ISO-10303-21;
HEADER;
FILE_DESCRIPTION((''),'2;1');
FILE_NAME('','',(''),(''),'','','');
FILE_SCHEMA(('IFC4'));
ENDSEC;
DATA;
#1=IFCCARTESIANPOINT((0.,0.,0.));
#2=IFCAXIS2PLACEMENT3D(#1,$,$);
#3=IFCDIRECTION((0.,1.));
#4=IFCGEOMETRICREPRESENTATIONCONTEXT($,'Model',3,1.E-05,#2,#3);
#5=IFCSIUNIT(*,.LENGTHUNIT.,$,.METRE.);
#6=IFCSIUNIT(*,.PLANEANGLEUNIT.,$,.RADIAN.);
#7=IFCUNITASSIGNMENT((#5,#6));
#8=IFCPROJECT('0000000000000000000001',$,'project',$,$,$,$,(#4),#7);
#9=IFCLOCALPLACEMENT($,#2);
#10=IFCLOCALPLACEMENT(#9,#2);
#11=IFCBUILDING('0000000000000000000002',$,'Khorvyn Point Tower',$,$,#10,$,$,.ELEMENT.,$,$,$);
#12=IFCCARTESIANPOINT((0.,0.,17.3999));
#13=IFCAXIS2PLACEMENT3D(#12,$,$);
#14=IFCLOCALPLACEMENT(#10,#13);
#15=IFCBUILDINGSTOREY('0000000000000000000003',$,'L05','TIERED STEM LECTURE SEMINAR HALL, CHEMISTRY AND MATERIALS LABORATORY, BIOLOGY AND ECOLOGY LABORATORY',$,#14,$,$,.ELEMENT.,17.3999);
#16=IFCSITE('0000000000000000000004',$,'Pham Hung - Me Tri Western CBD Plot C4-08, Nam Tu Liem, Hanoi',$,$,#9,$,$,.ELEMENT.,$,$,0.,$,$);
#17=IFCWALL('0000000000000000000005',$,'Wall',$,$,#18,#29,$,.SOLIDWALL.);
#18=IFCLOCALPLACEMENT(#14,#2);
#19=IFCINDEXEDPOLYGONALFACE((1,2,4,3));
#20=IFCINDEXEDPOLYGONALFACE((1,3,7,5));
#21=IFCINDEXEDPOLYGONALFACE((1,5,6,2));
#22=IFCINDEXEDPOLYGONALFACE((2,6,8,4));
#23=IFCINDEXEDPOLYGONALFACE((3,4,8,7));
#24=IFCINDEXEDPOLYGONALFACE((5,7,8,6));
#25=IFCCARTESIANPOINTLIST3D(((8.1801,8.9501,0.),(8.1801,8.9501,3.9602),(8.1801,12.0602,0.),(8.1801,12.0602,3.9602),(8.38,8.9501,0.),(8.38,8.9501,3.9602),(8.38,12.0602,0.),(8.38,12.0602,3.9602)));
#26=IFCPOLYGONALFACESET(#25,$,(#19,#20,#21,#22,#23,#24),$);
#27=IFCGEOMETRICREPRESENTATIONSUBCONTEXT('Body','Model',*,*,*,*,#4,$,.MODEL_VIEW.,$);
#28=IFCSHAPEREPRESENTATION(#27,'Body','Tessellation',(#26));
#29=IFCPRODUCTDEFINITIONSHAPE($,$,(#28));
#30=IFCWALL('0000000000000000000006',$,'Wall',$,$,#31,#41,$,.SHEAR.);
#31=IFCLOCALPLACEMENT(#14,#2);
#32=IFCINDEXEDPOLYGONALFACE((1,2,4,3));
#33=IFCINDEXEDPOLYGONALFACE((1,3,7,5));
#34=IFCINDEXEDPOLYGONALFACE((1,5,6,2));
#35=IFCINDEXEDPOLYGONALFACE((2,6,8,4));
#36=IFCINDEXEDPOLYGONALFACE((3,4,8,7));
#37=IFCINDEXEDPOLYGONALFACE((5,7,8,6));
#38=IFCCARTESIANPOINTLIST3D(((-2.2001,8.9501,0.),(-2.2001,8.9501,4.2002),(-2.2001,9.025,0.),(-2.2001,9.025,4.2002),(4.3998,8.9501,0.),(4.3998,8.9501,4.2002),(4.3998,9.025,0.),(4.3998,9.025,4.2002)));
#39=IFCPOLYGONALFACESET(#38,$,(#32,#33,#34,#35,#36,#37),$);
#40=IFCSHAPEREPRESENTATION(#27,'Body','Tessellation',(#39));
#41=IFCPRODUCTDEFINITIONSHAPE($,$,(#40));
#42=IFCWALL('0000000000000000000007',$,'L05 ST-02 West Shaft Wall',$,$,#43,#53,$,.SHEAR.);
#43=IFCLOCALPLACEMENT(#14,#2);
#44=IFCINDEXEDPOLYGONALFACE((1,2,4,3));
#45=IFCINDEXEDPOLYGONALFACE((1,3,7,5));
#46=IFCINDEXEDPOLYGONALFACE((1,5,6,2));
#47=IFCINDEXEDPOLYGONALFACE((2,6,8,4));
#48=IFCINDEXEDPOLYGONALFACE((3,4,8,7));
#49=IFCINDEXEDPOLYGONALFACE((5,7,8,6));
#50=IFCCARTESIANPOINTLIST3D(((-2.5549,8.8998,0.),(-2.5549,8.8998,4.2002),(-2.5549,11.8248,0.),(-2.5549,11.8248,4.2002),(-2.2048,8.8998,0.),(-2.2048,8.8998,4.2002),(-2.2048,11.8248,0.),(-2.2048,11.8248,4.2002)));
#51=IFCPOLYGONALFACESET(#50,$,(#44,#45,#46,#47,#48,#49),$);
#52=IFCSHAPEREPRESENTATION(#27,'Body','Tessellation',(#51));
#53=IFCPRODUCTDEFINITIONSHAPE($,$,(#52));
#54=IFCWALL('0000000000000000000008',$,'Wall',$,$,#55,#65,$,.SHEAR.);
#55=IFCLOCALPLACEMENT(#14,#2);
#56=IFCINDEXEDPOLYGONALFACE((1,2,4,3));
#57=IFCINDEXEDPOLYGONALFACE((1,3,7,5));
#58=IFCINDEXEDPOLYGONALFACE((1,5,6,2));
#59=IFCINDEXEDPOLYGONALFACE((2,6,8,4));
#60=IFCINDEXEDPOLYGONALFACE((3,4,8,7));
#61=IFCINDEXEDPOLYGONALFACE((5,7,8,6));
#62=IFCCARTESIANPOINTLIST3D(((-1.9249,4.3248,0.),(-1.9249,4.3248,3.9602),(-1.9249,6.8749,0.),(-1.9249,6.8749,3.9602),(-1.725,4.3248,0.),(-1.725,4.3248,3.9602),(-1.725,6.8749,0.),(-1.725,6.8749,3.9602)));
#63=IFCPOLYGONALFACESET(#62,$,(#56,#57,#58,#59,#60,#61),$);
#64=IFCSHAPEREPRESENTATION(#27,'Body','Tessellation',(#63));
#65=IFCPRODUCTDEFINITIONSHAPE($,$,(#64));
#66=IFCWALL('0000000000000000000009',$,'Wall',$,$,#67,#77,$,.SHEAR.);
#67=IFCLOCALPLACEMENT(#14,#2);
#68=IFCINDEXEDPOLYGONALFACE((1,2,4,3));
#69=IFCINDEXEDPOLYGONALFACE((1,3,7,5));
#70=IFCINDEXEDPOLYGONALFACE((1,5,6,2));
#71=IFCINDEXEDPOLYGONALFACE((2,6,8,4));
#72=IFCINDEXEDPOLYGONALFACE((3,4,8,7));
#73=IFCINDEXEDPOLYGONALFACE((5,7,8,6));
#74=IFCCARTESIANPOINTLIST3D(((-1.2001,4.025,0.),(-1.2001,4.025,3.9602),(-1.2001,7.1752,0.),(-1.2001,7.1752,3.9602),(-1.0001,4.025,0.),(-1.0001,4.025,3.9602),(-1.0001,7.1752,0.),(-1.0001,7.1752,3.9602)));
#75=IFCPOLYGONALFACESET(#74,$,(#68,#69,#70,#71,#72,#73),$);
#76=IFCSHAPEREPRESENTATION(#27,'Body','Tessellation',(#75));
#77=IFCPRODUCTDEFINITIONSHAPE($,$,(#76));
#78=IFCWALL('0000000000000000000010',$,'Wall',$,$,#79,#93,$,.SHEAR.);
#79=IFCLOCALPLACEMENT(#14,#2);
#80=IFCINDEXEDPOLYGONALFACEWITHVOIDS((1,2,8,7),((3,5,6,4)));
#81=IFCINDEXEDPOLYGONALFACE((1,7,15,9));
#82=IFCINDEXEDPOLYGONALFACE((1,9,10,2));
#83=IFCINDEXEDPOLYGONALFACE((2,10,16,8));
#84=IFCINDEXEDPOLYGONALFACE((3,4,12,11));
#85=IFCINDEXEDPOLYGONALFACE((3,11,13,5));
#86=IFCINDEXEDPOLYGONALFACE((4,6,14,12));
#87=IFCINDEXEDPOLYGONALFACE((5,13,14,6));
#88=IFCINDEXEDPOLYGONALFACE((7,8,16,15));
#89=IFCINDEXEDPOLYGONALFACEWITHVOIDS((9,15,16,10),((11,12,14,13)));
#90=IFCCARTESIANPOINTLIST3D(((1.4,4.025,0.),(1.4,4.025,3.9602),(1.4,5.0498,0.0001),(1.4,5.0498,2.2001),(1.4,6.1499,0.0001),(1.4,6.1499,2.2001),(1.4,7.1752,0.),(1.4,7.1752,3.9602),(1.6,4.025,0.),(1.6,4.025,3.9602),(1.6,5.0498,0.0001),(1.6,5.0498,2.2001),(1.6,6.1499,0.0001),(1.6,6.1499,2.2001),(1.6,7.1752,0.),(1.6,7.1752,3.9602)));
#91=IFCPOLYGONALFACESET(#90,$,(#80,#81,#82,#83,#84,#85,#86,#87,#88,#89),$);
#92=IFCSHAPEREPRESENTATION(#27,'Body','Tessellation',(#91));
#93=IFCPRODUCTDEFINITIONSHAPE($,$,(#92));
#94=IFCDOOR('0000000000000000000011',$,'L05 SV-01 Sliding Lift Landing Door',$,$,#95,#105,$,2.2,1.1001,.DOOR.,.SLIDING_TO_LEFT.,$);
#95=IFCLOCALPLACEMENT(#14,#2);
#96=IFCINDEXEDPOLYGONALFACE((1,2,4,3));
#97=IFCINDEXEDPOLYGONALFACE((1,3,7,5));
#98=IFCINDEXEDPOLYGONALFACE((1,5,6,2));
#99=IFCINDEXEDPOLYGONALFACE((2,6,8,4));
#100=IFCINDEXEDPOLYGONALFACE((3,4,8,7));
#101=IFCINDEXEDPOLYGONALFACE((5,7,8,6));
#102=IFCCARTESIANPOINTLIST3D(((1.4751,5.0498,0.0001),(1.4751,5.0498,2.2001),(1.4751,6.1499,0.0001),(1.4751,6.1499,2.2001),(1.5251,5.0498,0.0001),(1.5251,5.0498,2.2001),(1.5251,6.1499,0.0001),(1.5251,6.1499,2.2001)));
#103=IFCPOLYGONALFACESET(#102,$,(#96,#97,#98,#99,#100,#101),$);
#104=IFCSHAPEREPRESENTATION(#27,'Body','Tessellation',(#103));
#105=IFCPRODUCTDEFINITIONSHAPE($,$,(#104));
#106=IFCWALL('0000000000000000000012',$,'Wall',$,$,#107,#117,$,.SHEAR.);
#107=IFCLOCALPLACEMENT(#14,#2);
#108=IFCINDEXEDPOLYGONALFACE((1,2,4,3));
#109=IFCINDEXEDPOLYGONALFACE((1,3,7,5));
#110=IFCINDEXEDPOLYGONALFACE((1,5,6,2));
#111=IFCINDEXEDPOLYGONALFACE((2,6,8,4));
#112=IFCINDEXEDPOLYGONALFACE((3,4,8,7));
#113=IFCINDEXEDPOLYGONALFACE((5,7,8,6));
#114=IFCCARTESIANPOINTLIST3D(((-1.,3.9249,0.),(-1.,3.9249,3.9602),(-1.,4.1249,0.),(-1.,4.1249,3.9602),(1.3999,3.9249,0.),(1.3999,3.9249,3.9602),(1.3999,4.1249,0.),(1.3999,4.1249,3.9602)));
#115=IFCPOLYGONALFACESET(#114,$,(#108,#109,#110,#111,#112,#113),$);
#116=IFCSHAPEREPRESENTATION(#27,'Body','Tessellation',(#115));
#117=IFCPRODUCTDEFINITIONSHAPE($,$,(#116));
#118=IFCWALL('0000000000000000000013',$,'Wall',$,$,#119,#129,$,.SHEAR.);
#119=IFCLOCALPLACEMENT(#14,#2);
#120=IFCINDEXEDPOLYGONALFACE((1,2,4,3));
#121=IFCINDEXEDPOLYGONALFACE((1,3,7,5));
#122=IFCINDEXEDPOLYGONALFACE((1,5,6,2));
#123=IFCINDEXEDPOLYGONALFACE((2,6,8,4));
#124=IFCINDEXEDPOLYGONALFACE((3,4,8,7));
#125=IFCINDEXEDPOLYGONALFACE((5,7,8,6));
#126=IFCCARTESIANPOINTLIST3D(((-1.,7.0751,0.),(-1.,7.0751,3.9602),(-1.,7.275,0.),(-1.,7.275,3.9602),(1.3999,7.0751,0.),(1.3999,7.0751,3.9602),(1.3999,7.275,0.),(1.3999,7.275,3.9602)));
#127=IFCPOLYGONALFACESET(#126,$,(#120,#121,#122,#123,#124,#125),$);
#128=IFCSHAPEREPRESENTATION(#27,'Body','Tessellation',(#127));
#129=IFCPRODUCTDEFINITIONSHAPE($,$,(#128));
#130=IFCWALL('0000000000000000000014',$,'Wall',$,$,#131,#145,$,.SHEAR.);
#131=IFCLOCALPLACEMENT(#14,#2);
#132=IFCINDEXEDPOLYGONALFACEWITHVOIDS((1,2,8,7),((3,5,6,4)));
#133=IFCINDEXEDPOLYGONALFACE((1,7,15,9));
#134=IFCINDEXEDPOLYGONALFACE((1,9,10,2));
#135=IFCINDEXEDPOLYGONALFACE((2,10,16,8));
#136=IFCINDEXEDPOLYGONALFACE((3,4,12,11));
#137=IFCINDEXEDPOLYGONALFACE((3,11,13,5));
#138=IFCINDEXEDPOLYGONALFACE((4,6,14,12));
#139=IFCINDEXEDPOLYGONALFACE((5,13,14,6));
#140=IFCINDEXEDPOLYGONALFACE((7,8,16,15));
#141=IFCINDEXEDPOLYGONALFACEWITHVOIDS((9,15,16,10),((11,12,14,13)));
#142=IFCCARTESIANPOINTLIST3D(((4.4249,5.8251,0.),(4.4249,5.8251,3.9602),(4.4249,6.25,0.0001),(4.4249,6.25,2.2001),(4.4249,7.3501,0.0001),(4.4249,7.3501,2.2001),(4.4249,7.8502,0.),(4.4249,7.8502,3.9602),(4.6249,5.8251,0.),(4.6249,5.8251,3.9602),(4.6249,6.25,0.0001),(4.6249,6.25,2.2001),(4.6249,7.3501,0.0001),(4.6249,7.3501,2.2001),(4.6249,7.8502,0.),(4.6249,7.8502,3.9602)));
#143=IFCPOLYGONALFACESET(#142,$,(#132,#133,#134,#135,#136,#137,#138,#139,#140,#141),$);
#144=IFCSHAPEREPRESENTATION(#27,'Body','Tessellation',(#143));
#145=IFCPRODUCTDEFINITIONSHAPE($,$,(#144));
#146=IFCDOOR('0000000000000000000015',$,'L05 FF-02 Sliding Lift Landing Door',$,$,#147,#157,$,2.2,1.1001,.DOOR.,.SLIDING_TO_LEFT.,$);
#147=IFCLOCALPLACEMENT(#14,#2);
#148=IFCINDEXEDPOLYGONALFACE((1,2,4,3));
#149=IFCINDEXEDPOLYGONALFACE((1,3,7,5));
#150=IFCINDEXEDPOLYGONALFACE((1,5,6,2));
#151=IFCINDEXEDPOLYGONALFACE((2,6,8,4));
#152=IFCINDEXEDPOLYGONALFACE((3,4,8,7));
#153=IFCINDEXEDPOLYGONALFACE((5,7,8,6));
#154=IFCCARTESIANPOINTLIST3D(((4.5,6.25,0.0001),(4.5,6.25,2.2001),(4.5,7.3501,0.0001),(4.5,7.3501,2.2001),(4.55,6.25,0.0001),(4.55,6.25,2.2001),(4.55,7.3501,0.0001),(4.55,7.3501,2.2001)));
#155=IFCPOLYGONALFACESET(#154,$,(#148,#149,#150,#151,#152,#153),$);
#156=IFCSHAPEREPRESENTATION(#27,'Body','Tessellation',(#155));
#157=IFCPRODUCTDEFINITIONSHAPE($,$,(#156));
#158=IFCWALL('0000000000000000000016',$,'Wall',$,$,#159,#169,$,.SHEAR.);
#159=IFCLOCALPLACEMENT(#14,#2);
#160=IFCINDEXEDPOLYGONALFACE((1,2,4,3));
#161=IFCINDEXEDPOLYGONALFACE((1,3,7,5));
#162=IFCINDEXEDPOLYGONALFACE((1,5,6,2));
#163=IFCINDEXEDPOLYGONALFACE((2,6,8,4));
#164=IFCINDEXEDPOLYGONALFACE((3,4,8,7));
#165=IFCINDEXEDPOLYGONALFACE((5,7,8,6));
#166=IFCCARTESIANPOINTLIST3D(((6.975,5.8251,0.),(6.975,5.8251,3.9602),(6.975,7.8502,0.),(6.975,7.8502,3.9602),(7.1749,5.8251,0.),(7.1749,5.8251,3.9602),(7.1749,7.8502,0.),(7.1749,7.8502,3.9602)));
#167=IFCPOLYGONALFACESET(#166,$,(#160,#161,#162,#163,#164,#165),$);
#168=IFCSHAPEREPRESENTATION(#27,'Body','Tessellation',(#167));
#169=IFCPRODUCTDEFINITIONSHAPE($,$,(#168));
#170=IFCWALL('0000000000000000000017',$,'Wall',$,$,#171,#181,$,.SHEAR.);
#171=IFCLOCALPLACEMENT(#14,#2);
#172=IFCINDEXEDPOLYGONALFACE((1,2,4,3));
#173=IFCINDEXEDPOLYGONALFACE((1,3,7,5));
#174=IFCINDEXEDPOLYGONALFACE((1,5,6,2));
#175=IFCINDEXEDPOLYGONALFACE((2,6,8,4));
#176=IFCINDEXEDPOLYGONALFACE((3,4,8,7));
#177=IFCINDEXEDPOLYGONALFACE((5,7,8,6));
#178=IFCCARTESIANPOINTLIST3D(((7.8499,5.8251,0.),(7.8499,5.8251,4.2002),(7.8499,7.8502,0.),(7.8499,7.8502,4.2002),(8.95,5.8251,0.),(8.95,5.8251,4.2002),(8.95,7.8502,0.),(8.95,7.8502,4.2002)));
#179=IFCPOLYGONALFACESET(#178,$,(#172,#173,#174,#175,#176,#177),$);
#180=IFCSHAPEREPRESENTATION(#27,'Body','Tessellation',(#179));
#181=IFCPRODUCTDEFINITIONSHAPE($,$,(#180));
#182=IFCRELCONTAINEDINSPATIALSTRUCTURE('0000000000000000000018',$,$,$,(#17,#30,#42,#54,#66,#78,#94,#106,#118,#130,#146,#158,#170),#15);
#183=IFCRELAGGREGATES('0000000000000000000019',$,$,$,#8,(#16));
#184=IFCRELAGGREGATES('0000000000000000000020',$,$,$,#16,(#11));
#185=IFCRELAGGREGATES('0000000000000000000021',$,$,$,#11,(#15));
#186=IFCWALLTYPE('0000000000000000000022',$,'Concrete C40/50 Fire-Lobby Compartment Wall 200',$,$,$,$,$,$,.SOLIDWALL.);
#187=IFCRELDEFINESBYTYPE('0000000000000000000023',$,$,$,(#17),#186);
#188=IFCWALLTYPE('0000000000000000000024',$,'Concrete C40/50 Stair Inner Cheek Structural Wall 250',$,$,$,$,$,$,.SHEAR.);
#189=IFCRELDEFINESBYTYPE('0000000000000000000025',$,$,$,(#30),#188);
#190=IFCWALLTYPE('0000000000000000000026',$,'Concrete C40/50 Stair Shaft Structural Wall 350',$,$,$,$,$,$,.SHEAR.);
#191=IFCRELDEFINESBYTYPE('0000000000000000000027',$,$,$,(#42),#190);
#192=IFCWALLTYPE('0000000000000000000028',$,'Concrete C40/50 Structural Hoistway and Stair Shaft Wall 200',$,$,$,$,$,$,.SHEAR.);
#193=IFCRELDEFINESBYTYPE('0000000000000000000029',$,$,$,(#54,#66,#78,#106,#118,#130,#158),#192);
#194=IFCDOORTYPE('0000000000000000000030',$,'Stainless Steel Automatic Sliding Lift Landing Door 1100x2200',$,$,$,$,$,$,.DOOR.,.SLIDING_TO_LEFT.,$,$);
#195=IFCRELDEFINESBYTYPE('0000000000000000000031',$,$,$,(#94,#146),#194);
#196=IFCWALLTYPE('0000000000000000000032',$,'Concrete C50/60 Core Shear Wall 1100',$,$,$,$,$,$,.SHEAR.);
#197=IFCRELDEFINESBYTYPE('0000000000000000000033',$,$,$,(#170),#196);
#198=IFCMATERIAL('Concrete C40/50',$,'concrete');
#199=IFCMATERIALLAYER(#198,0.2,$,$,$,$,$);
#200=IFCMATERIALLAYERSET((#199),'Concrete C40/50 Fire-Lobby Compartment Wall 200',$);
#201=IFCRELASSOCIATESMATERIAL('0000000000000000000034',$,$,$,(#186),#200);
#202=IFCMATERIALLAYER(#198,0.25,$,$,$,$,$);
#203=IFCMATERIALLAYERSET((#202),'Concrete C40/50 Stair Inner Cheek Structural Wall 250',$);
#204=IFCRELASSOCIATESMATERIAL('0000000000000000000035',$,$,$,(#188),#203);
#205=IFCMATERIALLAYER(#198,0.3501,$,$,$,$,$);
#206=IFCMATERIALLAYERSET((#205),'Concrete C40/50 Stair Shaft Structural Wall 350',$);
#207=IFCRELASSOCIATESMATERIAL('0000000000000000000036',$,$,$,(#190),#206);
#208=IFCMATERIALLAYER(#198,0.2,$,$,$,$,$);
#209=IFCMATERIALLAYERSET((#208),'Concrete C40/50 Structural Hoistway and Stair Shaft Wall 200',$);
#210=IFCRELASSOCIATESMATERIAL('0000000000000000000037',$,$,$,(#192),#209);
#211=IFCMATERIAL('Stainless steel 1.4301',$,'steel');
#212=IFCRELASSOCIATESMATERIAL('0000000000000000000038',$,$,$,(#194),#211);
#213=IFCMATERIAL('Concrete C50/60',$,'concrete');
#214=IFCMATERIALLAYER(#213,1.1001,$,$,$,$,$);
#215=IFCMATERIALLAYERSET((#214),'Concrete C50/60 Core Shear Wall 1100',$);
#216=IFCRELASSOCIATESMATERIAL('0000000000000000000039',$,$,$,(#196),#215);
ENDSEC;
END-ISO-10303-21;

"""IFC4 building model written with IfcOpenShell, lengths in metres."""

from ifc_helpers import new_model, si_unit, direction, frame, frame_2d, origin, place, context, subcontext, project, spatial, rectangle, extrude, material, layer, layer_set, type_object, element, fill, save


model = new_model("IFC4")

# Units and contexts
model_context = context("Model", 3, precision=1e-05, world=origin(), true_north=direction((0.0, 1.0)))
body_context = subcontext(model_context, "Body", "Model", "MODEL_VIEW")
ifc_project = project(units=[si_unit("LENGTHUNIT", "METRE"), si_unit("PLANEANGLEUNIT", "RADIAN")], contexts=[model_context])

# Site, building, storey
site_placement = place(None, origin())
site = spatial("IfcSite", under=ifc_project, at=site_placement, Name="Pham Hung - Me Tri Western CBD Plot C4-08, Nam Tu Liem, Hanoi", CompositionType="ELEMENT", RefElevation=0.0)
building_placement = place(site_placement, origin())
building = spatial("IfcBuilding", under=site, at=building_placement, Name="Khorvyn Point Tower", CompositionType="ELEMENT")
storey_placement = place(building_placement, frame((0.0, 0.0, 17.3999)))
storey = spatial("IfcBuildingStorey", under=building, at=storey_placement, Name="L05", Description="TIERED STEM LECTURE SEMINAR HALL, CHEMISTRY AND MATERIALS LABORATORY, BIOLOGY AND ECOLOGY LABORATORY", CompositionType="ELEMENT", Elevation=17.3999)

# Shared definitions
ifc_material_1 = material(Name="Concrete C40/50", Category="concrete")
ifc_material_2 = material(Name="Concrete C50/60", Category="concrete")

# Walls
ifc_layer_1 = layer(ifc_material_1, 0.2)
ifc_layer_set_1 = layer_set([ifc_layer_1], Name="Concrete C40/50 Fire-Lobby Compartment Wall 200")
wall_type_1 = type_object("IfcWallType", Name="Concrete C40/50 Fire-Lobby Compartment Wall 200", PredefinedType="SOLIDWALL", material=ifc_layer_set_1)
wall_1_placement = place(storey_placement, frame((8.28, 8.95, 0.0), z_axis=(0.0, 0.0, 1.0), x_axis=(0.0, 1.0, 0.0)))
element("IfcWall", 1, at=wall_1_placement, inside=storey, type_object=wall_type_1, Name="Wall", PredefinedType="SOLIDWALL", context=body_context, shape_type="SweptSolid", body=[
    extrude(rectangle(XDim=3.1101, YDim=0.2, at=frame_2d((1.5552, 0.0))), origin(), (0.0, 0.0, 1.0), 3.9602),
])
ifc_layer_2 = layer(ifc_material_1, 0.25)
ifc_layer_set_2 = layer_set([ifc_layer_2], Name="Concrete C40/50 Stair Inner Cheek Structural Wall 250")
wall_type_2 = type_object("IfcWallType", Name="Concrete C40/50 Stair Inner Cheek Structural Wall 250", PredefinedType="SHEAR", material=ifc_layer_set_2)
wall_2_placement = place(storey_placement, frame((-2.2, 8.9875, 0.0), z_axis=(0.0, 0.0, 1.0), x_axis=(1.0, 0.0, 0.0)))
element("IfcWall", 2, at=wall_2_placement, inside=storey, type_object=wall_type_2, Name="Wall", PredefinedType="SHEAR", context=body_context, shape_type="SweptSolid", body=[
    extrude(rectangle(XDim=6.5999, YDim=0.075, at=frame_2d((3.2998, 0.0))), origin(), (0.0, 0.0, 1.0), 4.2002),
])
ifc_layer_3 = layer(ifc_material_1, 0.3501)
ifc_layer_set_3 = layer_set([ifc_layer_3], Name="Concrete C40/50 Stair Shaft Structural Wall 350")
wall_type_3 = type_object("IfcWallType", Name="Concrete C40/50 Stair Shaft Structural Wall 350", PredefinedType="SHEAR", material=ifc_layer_set_3)
wall_3_placement = place(storey_placement, frame((-2.3799, 8.8999, 0.0), z_axis=(0.0, 0.0, 1.0), x_axis=(0.0, 1.0, 0.0)))
element("IfcWall", 3, at=wall_3_placement, inside=storey, type_object=wall_type_3, Name="L05 ST-02 West Shaft Wall", PredefinedType="SHEAR", context=body_context, shape_type="SweptSolid", body=[
    extrude(rectangle(XDim=2.925, YDim=0.3501, at=frame_2d((1.4624, 0.0))), origin(), (0.0, 0.0, 1.0), 4.2002),
])
ifc_layer_4 = layer(ifc_material_1, 0.2)
ifc_layer_set_4 = layer_set([ifc_layer_4], Name="Concrete C40/50 Structural Hoistway and Stair Shaft Wall 200")
wall_type_4 = type_object("IfcWallType", Name="Concrete C40/50 Structural Hoistway and Stair Shaft Wall 200", PredefinedType="SHEAR", material=ifc_layer_set_4)
wall_4_placement = place(storey_placement, frame((-1.825, 4.325, 0.0), z_axis=(0.0, 0.0, 1.0), x_axis=(0.0, 1.0, 0.0)))
element("IfcWall", 4, at=wall_4_placement, inside=storey, type_object=wall_type_4, Name="Wall", PredefinedType="SHEAR", context=body_context, shape_type="SweptSolid", body=[
    extrude(rectangle(XDim=2.55, YDim=0.2, at=frame_2d((1.2749, 0.0))), origin(), (0.0, 0.0, 1.0), 3.9602),
])
wall_5_placement = place(storey_placement, frame((-1.1001, 4.0249, 0.0), z_axis=(0.0, 0.0, 1.0), x_axis=(0.0, 1.0, 0.0)))
element("IfcWall", 5, at=wall_5_placement, inside=storey, type_object=wall_type_4, Name="Wall", PredefinedType="SHEAR", context=body_context, shape_type="SweptSolid", body=[
    extrude(rectangle(XDim=3.1501, YDim=0.2, at=frame_2d((1.5752, 0.0))), origin(), (0.0, 0.0, 1.0), 3.9602),
])

# Wall, opening, door
wall_6_placement = place(storey_placement, frame((1.5, 4.0249, 0.0), z_axis=(0.0, 0.0, 1.0), x_axis=(0.0, 1.0, 0.0)))
wall_6 = element("IfcWall", 6, at=wall_6_placement, inside=storey, type_object=wall_type_4, Name="Wall", PredefinedType="SHEAR", context=body_context, shape_type="SweptSolid", body=[
    extrude(rectangle(XDim=3.1501, YDim=0.2, at=frame_2d((1.5752, 0.0))), origin(), (0.0, 0.0, 1.0), 3.9602),
])
opening_1_placement = place(wall_6_placement, frame((1.0249, 0.0, 0.0)))
opening_1 = element("IfcOpeningElement", 7, at=opening_1_placement, cuts=wall_6, PredefinedType="OPENING", context=body_context, shape_type="SweptSolid", body=[
    extrude(rectangle(XDim=1.1001, YDim=2.2, at=frame_2d((0.55, 1.1001))), frame((0.0, 0.1099, 0.0), z_axis=(0.0, -1.0, 0.0), x_axis=(1.0, 0.0, 0.0)), (0.0, 0.0, 1.0), 0.22),
])
ifc_material_3 = material(Name="Stainless steel 1.4301", Category="steel")
door_type = type_object("IfcDoorType", Name="Stainless Steel Automatic Sliding Lift Landing Door 1100x2200", OperationType="SLIDING_TO_LEFT", PredefinedType="DOOR", material=ifc_material_3)
door_1_placement = place(opening_1_placement, origin())
door_1 = element("IfcDoor", 8, at=door_1_placement, inside=storey, type_object=door_type, Name="L05 SV-01 Sliding Lift Landing Door", OperationType="SLIDING_TO_LEFT", OverallHeight=2.2, OverallWidth=1.1001, PredefinedType="DOOR", context=body_context, shape_type="SweptSolid", body=[
    extrude(rectangle(XDim=1.1001, YDim=2.2, at=frame_2d((0.55, 1.1001))), frame((0.0, 0.0249, 0.0), z_axis=(0.0, -1.0, 0.0), x_axis=(1.0, 0.0, 0.0)), (0.0, 0.0, 1.0), 0.05),
])
fill(opening_1, door_1)

# Walls
for number, where, z_axis, x_axis, name in (
    (9, (-1.0, 4.0249, 0.0), (0.0, 0.0, 1.0), (1.0, 0.0, 0.0), "Wall"),
    (10, (-1.0, 7.175, 0.0), (0.0, 0.0, 1.0), (1.0, 0.0, 0.0), "Wall"),
):
    element("IfcWall", number, at=place(storey_placement, frame(where, z_axis=z_axis, x_axis=x_axis)), inside=storey, type_object=wall_type_4, Name=name, PredefinedType="SHEAR", context=body_context, shape_type="SweptSolid", body=[
        extrude(rectangle(XDim=2.3999, YDim=0.2, at=frame_2d((1.2, 0.0))), origin(), (0.0, 0.0, 1.0), 3.9602),
    ])

# Wall, opening, door
wall_7_placement = place(storey_placement, frame((4.5249, 5.825, 0.0), z_axis=(0.0, 0.0, 1.0), x_axis=(0.0, 1.0, 0.0)))
wall_7 = element("IfcWall", 11, at=wall_7_placement, inside=storey, type_object=wall_type_4, Name="Wall", PredefinedType="SHEAR", context=body_context, shape_type="SweptSolid", body=[
    extrude(rectangle(XDim=2.0251, YDim=0.2, at=frame_2d((1.0127, 0.0))), origin(), (0.0, 0.0, 1.0), 3.9602),
])
opening_2_placement = place(wall_7_placement, frame((0.425, 0.0, 0.0)))
opening_2 = element("IfcOpeningElement", 12, at=opening_2_placement, cuts=wall_7, PredefinedType="OPENING", context=body_context, shape_type="SweptSolid", body=[
    extrude(rectangle(XDim=1.1001, YDim=2.2, at=frame_2d((0.55, 1.1001))), frame((0.0, 0.1099, 0.0), z_axis=(0.0, -1.0, 0.0), x_axis=(1.0, 0.0, 0.0)), (0.0, 0.0, 1.0), 0.22),
])
door_2_placement = place(opening_2_placement, origin())
door_2 = element("IfcDoor", 13, at=door_2_placement, inside=storey, type_object=door_type, Name="L05 FF-02 Sliding Lift Landing Door", OperationType="SLIDING_TO_LEFT", OverallHeight=2.2, OverallWidth=1.1001, PredefinedType="DOOR", context=body_context, shape_type="SweptSolid", body=[
    extrude(rectangle(XDim=1.1001, YDim=2.2, at=frame_2d((0.55, 1.1001))), frame((0.0, 0.0249, 0.0), z_axis=(0.0, -1.0, 0.0), x_axis=(1.0, 0.0, 0.0)), (0.0, 0.0, 1.0), 0.05),
])
fill(opening_2, door_2)

# Walls
wall_8_placement = place(storey_placement, frame((7.075, 5.825, 0.0), z_axis=(0.0, 0.0, 1.0), x_axis=(0.0, 1.0, 0.0)))
element("IfcWall", 14, at=wall_8_placement, inside=storey, type_object=wall_type_4, Name="Wall", PredefinedType="SHEAR", context=body_context, shape_type="SweptSolid", body=[
    extrude(rectangle(XDim=2.0251, YDim=0.2, at=frame_2d((1.0127, 0.0))), origin(), (0.0, 0.0, 1.0), 3.9602),
])
ifc_layer_5 = layer(ifc_material_2, 1.1001)
ifc_layer_set_5 = layer_set([ifc_layer_5], Name="Concrete C50/60 Core Shear Wall 1100")
wall_type_5 = type_object("IfcWallType", Name="Concrete C50/60 Core Shear Wall 1100", PredefinedType="SHEAR", material=ifc_layer_set_5)
wall_9_placement = place(storey_placement, frame((8.3999, 5.825, 0.0), z_axis=(0.0, 0.0, 1.0), x_axis=(0.0, 1.0, 0.0)))
element("IfcWall", 15, at=wall_9_placement, inside=storey, type_object=wall_type_5, Name="Wall", PredefinedType="SHEAR", context=body_context, shape_type="SweptSolid", body=[
    extrude(rectangle(XDim=2.0251, YDim=1.1001, at=frame_2d((1.0127, 0.0))), origin(), (0.0, 0.0, 1.0), 4.2002),
])

save(model, "model.ifc")
